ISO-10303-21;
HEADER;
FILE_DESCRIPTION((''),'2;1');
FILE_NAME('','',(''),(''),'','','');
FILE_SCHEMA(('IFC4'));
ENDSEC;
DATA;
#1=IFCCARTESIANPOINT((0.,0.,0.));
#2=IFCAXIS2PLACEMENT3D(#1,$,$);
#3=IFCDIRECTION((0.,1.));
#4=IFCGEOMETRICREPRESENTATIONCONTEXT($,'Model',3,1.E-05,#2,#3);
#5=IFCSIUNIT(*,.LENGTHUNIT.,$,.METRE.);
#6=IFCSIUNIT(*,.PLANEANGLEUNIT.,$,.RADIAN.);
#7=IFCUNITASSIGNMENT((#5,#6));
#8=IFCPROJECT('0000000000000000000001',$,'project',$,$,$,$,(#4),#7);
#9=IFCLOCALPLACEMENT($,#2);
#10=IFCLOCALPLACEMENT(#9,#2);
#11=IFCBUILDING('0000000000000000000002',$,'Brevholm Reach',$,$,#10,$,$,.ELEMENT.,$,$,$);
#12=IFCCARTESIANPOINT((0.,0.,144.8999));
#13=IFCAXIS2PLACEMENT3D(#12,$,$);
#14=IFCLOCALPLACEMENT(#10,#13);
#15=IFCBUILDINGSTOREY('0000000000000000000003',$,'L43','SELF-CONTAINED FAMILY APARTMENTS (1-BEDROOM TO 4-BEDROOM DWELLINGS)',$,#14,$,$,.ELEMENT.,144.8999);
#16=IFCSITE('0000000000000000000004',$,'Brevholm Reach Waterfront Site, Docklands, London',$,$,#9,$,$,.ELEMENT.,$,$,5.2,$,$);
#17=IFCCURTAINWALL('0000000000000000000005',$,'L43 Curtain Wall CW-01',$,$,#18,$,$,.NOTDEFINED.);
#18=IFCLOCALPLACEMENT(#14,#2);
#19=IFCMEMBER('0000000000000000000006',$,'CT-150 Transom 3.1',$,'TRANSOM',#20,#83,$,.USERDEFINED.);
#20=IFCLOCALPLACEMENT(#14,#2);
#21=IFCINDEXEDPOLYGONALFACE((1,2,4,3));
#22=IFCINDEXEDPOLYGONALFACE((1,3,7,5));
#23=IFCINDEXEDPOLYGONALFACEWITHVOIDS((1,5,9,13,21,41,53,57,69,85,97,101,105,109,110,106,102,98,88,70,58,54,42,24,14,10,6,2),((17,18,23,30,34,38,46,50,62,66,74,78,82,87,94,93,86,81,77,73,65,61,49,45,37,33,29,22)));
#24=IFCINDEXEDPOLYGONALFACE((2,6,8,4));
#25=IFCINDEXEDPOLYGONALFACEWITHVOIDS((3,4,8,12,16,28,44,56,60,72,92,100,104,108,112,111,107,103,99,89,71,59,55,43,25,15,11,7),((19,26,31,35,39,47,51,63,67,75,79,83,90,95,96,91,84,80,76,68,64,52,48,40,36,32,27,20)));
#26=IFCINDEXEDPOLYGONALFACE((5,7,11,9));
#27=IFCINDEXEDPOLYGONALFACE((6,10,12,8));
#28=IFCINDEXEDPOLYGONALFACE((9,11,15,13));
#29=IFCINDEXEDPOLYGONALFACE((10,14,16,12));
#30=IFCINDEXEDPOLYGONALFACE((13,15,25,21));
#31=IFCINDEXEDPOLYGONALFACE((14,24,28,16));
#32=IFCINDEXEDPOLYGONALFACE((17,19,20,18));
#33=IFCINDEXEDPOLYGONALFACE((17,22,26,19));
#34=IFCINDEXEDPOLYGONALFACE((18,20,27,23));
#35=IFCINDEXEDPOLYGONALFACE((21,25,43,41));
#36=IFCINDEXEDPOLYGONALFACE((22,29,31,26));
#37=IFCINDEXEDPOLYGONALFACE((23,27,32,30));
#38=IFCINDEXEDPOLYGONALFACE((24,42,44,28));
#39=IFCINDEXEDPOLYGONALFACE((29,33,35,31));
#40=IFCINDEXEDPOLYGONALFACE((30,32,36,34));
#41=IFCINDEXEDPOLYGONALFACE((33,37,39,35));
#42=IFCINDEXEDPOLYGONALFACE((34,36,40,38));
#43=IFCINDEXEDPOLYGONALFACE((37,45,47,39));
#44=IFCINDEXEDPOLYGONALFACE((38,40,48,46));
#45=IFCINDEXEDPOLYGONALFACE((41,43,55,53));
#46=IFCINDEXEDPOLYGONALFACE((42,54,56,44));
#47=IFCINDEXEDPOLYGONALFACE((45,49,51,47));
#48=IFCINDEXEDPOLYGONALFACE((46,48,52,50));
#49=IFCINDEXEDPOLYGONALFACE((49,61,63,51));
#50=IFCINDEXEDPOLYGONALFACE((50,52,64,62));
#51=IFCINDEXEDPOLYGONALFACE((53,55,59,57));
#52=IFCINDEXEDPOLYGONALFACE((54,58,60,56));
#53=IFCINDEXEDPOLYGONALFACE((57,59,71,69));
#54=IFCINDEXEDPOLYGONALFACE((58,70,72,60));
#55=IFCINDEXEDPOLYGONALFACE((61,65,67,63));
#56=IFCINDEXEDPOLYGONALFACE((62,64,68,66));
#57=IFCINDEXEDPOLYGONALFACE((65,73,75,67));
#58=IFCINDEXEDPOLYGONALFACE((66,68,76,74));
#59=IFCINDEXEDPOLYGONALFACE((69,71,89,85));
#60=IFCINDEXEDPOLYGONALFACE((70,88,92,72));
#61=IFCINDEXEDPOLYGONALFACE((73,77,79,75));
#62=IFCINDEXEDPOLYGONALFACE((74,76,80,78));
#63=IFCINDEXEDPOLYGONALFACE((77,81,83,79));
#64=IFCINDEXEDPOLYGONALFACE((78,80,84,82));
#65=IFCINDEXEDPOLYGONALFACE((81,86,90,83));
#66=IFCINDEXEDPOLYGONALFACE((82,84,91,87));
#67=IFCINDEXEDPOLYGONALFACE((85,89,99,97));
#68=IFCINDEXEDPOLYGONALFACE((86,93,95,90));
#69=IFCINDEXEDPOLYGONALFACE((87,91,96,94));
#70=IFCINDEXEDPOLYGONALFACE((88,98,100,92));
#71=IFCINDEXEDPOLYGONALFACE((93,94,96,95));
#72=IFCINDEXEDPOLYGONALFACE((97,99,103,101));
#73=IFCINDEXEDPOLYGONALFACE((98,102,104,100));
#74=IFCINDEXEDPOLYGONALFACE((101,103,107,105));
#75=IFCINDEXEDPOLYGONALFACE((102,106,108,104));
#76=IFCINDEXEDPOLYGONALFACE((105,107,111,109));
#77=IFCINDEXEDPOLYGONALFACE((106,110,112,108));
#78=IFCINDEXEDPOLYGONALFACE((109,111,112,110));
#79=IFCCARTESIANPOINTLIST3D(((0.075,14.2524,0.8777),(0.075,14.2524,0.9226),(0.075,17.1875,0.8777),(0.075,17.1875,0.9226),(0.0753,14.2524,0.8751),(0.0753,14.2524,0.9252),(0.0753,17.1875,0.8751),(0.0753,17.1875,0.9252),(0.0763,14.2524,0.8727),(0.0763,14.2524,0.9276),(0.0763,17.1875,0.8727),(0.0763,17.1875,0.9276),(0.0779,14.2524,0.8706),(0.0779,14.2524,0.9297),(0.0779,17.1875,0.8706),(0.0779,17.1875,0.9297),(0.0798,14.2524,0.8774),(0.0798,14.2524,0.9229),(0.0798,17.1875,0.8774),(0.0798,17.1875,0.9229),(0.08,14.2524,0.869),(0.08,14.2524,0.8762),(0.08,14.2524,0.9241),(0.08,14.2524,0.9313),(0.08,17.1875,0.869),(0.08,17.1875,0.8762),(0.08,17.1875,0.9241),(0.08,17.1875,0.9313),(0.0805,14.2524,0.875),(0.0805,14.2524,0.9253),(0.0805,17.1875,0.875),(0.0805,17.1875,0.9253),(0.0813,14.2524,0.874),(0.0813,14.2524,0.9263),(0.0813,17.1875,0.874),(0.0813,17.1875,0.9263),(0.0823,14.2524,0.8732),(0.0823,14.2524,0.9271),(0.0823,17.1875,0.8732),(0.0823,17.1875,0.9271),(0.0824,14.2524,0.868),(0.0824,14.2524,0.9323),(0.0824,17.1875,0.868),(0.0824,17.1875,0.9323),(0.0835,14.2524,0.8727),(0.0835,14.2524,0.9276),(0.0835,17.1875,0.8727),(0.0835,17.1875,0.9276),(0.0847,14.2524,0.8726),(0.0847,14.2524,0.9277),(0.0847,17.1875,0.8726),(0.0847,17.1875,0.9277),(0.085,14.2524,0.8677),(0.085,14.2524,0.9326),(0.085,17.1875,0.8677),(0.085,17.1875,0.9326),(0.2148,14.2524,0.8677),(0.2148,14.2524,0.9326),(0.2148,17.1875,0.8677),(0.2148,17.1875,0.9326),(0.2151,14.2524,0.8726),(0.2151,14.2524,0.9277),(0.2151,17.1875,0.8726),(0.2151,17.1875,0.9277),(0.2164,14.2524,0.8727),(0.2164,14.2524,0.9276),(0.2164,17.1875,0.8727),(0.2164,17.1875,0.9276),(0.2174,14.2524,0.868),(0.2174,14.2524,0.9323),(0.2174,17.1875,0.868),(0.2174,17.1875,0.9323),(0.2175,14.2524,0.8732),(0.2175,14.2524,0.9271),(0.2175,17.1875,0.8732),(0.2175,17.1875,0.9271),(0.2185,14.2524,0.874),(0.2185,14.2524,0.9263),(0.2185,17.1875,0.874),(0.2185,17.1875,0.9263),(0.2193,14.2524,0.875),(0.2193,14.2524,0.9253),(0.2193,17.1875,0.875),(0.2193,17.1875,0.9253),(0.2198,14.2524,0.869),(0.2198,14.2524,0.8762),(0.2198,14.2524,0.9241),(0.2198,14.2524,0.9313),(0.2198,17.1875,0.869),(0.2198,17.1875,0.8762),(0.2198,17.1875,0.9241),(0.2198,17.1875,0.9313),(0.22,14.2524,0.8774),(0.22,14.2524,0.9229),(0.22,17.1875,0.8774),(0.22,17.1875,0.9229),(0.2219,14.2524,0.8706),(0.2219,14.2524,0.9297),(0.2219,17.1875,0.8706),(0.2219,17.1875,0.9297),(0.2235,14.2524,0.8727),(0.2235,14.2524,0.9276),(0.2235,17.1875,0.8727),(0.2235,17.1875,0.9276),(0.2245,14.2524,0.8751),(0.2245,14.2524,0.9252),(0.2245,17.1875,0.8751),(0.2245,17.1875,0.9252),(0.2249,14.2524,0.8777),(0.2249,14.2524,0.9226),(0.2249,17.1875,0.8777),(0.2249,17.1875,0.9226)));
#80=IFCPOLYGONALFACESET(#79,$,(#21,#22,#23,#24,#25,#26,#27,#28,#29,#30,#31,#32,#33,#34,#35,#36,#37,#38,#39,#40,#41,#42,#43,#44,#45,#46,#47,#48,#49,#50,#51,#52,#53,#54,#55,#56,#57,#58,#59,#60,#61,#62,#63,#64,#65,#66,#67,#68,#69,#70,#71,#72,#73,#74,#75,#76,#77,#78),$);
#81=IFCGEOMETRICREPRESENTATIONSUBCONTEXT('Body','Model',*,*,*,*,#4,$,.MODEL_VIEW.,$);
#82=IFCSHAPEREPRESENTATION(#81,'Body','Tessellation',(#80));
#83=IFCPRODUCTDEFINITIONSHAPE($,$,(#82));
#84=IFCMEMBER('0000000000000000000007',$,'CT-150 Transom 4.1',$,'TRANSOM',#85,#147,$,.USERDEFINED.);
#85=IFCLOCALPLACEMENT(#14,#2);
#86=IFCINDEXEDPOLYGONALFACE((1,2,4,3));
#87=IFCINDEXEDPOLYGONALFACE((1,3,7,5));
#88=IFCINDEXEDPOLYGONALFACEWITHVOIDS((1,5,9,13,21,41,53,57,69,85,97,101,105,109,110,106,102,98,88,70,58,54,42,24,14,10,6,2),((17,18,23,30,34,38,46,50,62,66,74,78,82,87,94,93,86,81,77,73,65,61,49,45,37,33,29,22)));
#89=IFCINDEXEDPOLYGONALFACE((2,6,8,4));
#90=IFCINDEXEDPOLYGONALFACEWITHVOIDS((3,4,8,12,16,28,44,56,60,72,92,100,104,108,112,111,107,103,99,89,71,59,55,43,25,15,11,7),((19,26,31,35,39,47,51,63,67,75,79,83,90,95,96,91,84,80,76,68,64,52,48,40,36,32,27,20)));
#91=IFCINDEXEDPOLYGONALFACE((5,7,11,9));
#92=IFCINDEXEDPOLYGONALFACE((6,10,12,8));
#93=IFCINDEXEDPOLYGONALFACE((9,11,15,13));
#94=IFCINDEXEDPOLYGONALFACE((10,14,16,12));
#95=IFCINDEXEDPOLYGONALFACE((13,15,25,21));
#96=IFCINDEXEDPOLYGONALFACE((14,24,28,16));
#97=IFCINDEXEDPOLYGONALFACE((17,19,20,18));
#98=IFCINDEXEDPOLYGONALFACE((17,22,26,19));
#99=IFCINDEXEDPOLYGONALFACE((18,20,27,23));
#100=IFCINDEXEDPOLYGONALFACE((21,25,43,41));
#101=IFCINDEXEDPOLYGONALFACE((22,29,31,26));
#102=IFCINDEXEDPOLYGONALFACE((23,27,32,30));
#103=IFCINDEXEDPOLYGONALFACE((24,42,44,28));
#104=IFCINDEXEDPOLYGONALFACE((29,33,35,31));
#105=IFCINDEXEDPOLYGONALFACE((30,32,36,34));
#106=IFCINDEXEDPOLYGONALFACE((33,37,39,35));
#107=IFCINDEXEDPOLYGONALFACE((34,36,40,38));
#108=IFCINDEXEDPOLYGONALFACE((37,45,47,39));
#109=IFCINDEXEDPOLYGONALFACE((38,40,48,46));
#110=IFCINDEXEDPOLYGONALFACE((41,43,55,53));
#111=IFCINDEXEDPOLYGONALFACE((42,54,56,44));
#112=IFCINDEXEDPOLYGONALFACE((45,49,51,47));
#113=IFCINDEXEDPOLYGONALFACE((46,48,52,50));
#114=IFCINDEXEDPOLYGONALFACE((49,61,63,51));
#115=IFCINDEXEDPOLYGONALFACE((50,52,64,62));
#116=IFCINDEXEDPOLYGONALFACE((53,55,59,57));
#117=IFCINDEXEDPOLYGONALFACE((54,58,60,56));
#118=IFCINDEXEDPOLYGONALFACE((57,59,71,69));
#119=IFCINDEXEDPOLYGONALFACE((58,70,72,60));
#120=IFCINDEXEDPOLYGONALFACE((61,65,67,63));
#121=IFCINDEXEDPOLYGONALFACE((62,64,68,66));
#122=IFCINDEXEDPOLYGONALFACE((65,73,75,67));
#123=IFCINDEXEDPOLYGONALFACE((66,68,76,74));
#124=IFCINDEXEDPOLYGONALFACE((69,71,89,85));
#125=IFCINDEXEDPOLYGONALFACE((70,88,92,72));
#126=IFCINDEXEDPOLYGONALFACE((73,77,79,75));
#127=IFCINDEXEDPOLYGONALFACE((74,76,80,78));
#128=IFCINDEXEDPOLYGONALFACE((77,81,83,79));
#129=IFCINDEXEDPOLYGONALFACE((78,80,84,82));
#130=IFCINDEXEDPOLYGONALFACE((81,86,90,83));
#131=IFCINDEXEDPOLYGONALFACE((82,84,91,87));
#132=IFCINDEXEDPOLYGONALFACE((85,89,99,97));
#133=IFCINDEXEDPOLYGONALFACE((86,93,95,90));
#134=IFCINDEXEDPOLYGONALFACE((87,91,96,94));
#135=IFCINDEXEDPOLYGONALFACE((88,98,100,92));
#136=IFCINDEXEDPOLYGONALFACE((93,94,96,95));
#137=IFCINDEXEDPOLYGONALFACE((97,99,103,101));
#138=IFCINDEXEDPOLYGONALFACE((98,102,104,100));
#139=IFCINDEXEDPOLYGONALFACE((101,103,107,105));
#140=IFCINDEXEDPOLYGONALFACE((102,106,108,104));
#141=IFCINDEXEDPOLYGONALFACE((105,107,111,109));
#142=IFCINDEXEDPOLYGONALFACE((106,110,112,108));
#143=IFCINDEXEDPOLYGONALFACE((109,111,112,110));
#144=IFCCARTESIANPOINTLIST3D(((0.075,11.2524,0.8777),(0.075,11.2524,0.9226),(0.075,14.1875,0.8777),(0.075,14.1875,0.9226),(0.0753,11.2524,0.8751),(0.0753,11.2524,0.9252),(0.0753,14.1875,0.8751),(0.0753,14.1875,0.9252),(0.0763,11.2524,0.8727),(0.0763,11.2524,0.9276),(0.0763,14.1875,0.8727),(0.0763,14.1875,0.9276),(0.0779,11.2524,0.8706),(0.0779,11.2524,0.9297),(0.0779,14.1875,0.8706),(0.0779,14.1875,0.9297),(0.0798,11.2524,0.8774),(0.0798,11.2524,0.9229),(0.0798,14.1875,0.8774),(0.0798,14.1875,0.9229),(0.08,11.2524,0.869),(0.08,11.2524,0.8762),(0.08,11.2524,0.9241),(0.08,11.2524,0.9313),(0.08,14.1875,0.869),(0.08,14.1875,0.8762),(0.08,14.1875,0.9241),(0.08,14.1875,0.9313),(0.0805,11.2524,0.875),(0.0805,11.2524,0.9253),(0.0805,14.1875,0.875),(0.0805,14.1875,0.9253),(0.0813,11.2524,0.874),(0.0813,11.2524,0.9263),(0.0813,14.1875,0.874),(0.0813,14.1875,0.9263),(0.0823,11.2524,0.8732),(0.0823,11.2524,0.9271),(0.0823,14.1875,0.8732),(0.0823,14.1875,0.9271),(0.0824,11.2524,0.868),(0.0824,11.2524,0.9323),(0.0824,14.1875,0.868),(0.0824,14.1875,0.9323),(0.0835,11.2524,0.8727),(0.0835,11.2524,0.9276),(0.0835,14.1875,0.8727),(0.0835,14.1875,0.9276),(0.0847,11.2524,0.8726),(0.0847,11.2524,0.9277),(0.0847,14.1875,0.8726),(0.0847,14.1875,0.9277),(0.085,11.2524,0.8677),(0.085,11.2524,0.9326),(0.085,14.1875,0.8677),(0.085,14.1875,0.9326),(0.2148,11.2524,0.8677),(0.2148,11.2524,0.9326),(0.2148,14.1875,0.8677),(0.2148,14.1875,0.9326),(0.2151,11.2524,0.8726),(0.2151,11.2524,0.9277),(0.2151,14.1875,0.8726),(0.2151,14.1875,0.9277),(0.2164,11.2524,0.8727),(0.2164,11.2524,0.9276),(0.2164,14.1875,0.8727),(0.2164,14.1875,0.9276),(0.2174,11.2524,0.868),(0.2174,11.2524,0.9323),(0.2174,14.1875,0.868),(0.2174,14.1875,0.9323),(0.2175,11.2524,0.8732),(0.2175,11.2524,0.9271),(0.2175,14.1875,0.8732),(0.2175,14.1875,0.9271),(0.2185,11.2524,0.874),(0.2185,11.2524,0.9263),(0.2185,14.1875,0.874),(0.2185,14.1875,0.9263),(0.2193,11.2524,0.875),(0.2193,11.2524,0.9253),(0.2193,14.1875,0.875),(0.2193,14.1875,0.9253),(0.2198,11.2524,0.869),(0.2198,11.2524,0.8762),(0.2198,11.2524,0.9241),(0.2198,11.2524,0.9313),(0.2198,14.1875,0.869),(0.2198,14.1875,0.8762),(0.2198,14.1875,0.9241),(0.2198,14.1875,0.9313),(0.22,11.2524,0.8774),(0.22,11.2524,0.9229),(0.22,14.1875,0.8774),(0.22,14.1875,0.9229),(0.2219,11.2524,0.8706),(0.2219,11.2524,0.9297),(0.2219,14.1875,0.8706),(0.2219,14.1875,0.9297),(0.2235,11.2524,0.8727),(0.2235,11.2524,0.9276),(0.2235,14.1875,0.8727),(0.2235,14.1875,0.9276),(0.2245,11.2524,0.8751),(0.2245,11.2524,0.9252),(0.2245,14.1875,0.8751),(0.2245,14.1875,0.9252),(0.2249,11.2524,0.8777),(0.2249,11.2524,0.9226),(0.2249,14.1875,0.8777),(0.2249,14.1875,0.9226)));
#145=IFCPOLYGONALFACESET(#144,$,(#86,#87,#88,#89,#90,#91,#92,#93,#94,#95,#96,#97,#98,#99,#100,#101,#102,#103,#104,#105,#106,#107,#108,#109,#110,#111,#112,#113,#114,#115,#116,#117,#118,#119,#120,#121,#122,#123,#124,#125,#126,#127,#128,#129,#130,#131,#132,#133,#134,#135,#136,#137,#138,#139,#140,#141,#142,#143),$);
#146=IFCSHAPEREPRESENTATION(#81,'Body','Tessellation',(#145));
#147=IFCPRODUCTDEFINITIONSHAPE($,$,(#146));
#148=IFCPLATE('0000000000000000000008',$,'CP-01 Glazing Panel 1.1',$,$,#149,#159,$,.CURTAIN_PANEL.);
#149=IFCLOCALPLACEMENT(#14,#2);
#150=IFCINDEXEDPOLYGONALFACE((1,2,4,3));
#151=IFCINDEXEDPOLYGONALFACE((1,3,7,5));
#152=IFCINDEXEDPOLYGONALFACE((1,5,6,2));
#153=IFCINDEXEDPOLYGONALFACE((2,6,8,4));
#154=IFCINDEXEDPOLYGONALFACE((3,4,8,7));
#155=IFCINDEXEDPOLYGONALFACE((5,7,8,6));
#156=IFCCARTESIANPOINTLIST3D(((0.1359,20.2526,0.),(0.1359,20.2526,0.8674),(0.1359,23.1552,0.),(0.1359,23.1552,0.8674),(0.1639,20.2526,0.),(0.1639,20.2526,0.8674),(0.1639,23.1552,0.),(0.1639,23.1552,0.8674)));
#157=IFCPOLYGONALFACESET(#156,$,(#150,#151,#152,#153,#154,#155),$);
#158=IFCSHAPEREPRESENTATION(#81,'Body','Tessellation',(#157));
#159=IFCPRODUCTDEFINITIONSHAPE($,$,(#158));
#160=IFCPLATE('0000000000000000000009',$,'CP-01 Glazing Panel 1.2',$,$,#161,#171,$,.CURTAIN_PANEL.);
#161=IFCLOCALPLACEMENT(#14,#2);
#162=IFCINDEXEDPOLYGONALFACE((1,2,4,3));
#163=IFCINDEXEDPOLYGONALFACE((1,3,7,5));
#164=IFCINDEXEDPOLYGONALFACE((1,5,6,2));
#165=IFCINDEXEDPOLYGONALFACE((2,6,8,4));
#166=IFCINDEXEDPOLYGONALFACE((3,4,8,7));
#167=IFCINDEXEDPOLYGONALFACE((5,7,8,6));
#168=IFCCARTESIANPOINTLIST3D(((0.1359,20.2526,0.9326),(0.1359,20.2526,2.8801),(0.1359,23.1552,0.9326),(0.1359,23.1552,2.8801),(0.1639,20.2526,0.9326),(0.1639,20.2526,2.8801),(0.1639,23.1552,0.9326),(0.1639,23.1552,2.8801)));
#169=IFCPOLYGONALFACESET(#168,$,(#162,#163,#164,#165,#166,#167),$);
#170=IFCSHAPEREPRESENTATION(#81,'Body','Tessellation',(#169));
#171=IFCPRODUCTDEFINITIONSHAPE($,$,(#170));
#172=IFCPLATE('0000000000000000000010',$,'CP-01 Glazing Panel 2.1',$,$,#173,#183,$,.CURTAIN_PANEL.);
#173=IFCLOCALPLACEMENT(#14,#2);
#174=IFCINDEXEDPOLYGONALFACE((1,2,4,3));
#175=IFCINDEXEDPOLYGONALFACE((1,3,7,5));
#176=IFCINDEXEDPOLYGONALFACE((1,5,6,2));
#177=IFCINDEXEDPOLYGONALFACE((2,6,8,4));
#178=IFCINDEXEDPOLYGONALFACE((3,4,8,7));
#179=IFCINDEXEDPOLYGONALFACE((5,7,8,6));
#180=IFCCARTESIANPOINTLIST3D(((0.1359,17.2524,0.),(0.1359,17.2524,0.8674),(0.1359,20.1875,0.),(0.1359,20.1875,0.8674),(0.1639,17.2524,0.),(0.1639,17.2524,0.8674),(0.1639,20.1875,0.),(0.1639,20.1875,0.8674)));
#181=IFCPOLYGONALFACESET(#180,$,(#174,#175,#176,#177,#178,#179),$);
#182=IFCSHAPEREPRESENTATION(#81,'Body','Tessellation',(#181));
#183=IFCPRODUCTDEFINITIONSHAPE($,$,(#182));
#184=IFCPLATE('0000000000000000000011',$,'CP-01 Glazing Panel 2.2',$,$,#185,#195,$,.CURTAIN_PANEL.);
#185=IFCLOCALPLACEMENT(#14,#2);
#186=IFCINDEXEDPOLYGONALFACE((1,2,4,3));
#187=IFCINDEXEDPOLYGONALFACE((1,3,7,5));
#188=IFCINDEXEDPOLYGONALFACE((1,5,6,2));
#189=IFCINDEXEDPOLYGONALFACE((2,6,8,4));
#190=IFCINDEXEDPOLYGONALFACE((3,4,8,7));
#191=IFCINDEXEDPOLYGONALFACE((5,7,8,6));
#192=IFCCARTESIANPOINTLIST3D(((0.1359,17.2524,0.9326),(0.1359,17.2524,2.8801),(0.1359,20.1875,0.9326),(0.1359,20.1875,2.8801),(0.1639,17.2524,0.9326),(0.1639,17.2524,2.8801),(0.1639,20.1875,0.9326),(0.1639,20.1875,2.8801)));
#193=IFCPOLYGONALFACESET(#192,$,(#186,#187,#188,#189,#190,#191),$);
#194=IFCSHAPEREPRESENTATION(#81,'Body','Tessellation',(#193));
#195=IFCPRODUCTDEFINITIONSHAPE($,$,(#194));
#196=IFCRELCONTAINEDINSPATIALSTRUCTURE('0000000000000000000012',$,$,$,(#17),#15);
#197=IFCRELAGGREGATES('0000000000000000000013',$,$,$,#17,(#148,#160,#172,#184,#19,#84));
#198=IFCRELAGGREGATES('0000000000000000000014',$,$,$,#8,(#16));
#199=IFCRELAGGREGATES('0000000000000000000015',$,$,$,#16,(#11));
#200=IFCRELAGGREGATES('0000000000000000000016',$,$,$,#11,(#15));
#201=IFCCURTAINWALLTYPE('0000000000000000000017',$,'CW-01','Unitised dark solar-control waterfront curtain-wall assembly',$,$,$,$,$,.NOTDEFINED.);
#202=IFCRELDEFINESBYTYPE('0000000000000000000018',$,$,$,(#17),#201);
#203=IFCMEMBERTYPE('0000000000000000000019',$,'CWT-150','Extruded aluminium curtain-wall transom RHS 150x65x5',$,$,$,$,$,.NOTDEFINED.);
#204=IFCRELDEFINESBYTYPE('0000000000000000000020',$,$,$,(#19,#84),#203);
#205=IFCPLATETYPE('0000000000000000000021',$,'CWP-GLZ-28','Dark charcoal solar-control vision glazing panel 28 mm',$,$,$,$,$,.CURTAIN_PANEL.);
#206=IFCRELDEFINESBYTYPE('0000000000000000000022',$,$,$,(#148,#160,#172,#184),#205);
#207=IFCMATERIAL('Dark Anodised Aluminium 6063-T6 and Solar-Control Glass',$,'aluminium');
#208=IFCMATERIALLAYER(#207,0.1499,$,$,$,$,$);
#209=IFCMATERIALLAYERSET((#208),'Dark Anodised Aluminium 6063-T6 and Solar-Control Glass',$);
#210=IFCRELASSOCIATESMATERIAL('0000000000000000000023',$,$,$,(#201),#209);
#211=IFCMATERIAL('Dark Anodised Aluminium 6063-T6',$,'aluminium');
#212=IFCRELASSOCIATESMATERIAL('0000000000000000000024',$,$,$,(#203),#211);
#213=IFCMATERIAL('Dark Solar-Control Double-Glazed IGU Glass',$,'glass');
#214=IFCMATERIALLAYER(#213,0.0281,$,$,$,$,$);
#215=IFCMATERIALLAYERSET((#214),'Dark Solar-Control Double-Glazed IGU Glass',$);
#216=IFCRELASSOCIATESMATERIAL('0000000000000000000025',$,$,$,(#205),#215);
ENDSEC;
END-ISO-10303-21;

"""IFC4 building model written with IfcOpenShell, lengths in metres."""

from ifc_helpers import new_model, si_unit, direction, frame, origin, origin_2d, place, context, subcontext, project, spatial, rectangle, hollow_rectangle, extrude, material, layer, layer_set, material_profile, profile_set, type_object, element, aggregate, save


model = new_model("IFC4")

# Units and contexts
model_context = context("Model", 3, precision=1e-05, world=origin(), true_north=direction((0.0, 1.0)))
body_context = subcontext(model_context, "Body", "Model", "MODEL_VIEW")
ifc_project = project(units=[si_unit("LENGTHUNIT", "METRE"), si_unit("PLANEANGLEUNIT", "RADIAN")], contexts=[model_context])

# Site, building, storey
site_placement = place(None, origin())
site = spatial("IfcSite", under=ifc_project, at=site_placement, Name="Brevholm Reach Waterfront Site, Docklands, London", CompositionType="ELEMENT", RefElevation=5.2)
building_placement = place(site_placement, origin())
building = spatial("IfcBuilding", under=site, at=building_placement, Name="Brevholm Reach", CompositionType="ELEMENT")
storey_placement = place(building_placement, frame((0.0, 0.0, 144.8999)))
storey = spatial("IfcBuildingStorey", under=building, at=storey_placement, Name="L43", Description="SELF-CONTAINED FAMILY APARTMENTS (1-BEDROOM TO 4-BEDROOM DWELLINGS)", CompositionType="ELEMENT", Elevation=144.8999)

# Curtain wall, members, plates
ifc_material_1 = material(Name="Dark Anodised Aluminium 6063-T6 and Solar-Control Glass", Category="aluminium")
ifc_layer_1 = layer(ifc_material_1, 0.1499)
ifc_layer_set_1 = layer_set([ifc_layer_1], Name="Dark Anodised Aluminium 6063-T6 and Solar-Control Glass")
curtain_wall_type = type_object("IfcCurtainWallType", Name="CW-01", Description="Unitised dark solar-control waterfront curtain-wall assembly", PredefinedType="NOTDEFINED", material=ifc_layer_set_1)
curtain_wall_placement = place(storey_placement, origin())
curtain_wall = element("IfcCurtainWall", 1, at=curtain_wall_placement, inside=storey, type_object=curtain_wall_type, Name="L43 Curtain Wall CW-01", PredefinedType="NOTDEFINED")
ifc_material_2 = material(Name="Dark Anodised Aluminium 6063-T6", Category="aluminium")
ifc_material_profile_1 = material_profile(ifc_material_2, hollow_rectangle(XDim=0.0649, YDim=0.1499, WallThickness=0.0049, InnerFilletRadius=0.0049, OuterFilletRadius=0.01, at=origin_2d()), Name="RHS 150x65x5")
ifc_profile_set_1 = profile_set([ifc_material_profile_1], Name="Dark Anodised Aluminium 6063-T6")
member_type_1 = type_object("IfcMemberType", Name="CWT-150", Description="Extruded aluminium curtain-wall transom RHS 150x65x5", PredefinedType="NOTDEFINED", material=ifc_profile_set_1)
member_1_placement = place(storey_placement, frame((0.1499, 17.1875, 0.9001), z_axis=(0.0, -1.0, 0.0), x_axis=(0.0, 0.0, 1.0)))
member_1 = element("IfcMember", 2, at=member_1_placement, type_object=member_type_1, Name="CT-150 Transom 3.1", ObjectType="TRANSOM", PredefinedType="USERDEFINED", context=body_context, shape_type="SweptSolid", body=[
    extrude(hollow_rectangle(XDim=0.0649, YDim=0.1499, WallThickness=0.0049, InnerFilletRadius=0.0049, OuterFilletRadius=0.01, at=origin_2d()), origin(), (0.0, 0.0, 1.0), 2.9351),
])
member_2_placement = place(storey_placement, frame((0.1499, 14.1875, 0.9001), z_axis=(0.0, -1.0, 0.0), x_axis=(0.0, 0.0, 1.0)))
member_2 = element("IfcMember", 3, at=member_2_placement, type_object=member_type_1, Name="CT-150 Transom 4.1", ObjectType="TRANSOM", PredefinedType="USERDEFINED", context=body_context, shape_type="SweptSolid", body=[
    extrude(hollow_rectangle(XDim=0.0649, YDim=0.1499, WallThickness=0.0049, InnerFilletRadius=0.0049, OuterFilletRadius=0.01, at=origin_2d()), origin(), (0.0, 0.0, 1.0), 2.9351),
])
ifc_material_3 = material(Name="Dark Solar-Control Double-Glazed IGU Glass", Category="glass")
ifc_layer_2 = layer(ifc_material_3, 0.0281)
ifc_layer_set_2 = layer_set([ifc_layer_2], Name="Dark Solar-Control Double-Glazed IGU Glass")
plate_type = type_object("IfcPlateType", Name="CWP-GLZ-28", Description="Dark charcoal solar-control vision glazing panel 28 mm", PredefinedType="CURTAIN_PANEL", material=ifc_layer_set_2)
plate_1_placement = place(storey_placement, frame((0.1499, 21.7039, 0.0), z_axis=(0.0, 0.0, 1.0), x_axis=(0.0, -1.0, 0.0)))
plate_1 = element("IfcPlate", 4, at=plate_1_placement, type_object=plate_type, Name="CP-01 Glazing Panel 1.1", PredefinedType="CURTAIN_PANEL", context=body_context, shape_type="SweptSolid", body=[
    extrude(rectangle(XDim=2.9026, YDim=0.0281, at=origin_2d()), origin(), (0.0, 0.0, 1.0), 0.8674),
])
plate_2_placement = place(storey_placement, frame((0.1499, 21.7039, 0.9326), z_axis=(0.0, 0.0, 1.0), x_axis=(0.0, -1.0, 0.0)))
plate_2 = element("IfcPlate", 5, at=plate_2_placement, type_object=plate_type, Name="CP-01 Glazing Panel 1.2", PredefinedType="CURTAIN_PANEL", context=body_context, shape_type="SweptSolid", body=[
    extrude(rectangle(XDim=2.9026, YDim=0.0281, at=origin_2d()), origin(), (0.0, 0.0, 1.0), 1.9475),
])
plate_3_placement = place(storey_placement, frame((0.1499, 18.72, 0.0), z_axis=(0.0, 0.0, 1.0), x_axis=(0.0, -1.0, 0.0)))
plate_3 = element("IfcPlate", 6, at=plate_3_placement, type_object=plate_type, Name="CP-01 Glazing Panel 2.1", PredefinedType="CURTAIN_PANEL", context=body_context, shape_type="SweptSolid", body=[
    extrude(rectangle(XDim=2.9351, YDim=0.0281, at=origin_2d()), origin(), (0.0, 0.0, 1.0), 0.8674),
])
plate_4_placement = place(storey_placement, frame((0.1499, 18.72, 0.9326), z_axis=(0.0, 0.0, 1.0), x_axis=(0.0, -1.0, 0.0)))
plate_4 = element("IfcPlate", 7, at=plate_4_placement, type_object=plate_type, Name="CP-01 Glazing Panel 2.2", PredefinedType="CURTAIN_PANEL", context=body_context, shape_type="SweptSolid", body=[
    extrude(rectangle(XDim=2.9351, YDim=0.0281, at=origin_2d()), origin(), (0.0, 0.0, 1.0), 1.9475),
])
aggregate(curtain_wall, [plate_1, plate_2, plate_3, plate_4, member_1, member_2])

save(model, "model.ifc")
